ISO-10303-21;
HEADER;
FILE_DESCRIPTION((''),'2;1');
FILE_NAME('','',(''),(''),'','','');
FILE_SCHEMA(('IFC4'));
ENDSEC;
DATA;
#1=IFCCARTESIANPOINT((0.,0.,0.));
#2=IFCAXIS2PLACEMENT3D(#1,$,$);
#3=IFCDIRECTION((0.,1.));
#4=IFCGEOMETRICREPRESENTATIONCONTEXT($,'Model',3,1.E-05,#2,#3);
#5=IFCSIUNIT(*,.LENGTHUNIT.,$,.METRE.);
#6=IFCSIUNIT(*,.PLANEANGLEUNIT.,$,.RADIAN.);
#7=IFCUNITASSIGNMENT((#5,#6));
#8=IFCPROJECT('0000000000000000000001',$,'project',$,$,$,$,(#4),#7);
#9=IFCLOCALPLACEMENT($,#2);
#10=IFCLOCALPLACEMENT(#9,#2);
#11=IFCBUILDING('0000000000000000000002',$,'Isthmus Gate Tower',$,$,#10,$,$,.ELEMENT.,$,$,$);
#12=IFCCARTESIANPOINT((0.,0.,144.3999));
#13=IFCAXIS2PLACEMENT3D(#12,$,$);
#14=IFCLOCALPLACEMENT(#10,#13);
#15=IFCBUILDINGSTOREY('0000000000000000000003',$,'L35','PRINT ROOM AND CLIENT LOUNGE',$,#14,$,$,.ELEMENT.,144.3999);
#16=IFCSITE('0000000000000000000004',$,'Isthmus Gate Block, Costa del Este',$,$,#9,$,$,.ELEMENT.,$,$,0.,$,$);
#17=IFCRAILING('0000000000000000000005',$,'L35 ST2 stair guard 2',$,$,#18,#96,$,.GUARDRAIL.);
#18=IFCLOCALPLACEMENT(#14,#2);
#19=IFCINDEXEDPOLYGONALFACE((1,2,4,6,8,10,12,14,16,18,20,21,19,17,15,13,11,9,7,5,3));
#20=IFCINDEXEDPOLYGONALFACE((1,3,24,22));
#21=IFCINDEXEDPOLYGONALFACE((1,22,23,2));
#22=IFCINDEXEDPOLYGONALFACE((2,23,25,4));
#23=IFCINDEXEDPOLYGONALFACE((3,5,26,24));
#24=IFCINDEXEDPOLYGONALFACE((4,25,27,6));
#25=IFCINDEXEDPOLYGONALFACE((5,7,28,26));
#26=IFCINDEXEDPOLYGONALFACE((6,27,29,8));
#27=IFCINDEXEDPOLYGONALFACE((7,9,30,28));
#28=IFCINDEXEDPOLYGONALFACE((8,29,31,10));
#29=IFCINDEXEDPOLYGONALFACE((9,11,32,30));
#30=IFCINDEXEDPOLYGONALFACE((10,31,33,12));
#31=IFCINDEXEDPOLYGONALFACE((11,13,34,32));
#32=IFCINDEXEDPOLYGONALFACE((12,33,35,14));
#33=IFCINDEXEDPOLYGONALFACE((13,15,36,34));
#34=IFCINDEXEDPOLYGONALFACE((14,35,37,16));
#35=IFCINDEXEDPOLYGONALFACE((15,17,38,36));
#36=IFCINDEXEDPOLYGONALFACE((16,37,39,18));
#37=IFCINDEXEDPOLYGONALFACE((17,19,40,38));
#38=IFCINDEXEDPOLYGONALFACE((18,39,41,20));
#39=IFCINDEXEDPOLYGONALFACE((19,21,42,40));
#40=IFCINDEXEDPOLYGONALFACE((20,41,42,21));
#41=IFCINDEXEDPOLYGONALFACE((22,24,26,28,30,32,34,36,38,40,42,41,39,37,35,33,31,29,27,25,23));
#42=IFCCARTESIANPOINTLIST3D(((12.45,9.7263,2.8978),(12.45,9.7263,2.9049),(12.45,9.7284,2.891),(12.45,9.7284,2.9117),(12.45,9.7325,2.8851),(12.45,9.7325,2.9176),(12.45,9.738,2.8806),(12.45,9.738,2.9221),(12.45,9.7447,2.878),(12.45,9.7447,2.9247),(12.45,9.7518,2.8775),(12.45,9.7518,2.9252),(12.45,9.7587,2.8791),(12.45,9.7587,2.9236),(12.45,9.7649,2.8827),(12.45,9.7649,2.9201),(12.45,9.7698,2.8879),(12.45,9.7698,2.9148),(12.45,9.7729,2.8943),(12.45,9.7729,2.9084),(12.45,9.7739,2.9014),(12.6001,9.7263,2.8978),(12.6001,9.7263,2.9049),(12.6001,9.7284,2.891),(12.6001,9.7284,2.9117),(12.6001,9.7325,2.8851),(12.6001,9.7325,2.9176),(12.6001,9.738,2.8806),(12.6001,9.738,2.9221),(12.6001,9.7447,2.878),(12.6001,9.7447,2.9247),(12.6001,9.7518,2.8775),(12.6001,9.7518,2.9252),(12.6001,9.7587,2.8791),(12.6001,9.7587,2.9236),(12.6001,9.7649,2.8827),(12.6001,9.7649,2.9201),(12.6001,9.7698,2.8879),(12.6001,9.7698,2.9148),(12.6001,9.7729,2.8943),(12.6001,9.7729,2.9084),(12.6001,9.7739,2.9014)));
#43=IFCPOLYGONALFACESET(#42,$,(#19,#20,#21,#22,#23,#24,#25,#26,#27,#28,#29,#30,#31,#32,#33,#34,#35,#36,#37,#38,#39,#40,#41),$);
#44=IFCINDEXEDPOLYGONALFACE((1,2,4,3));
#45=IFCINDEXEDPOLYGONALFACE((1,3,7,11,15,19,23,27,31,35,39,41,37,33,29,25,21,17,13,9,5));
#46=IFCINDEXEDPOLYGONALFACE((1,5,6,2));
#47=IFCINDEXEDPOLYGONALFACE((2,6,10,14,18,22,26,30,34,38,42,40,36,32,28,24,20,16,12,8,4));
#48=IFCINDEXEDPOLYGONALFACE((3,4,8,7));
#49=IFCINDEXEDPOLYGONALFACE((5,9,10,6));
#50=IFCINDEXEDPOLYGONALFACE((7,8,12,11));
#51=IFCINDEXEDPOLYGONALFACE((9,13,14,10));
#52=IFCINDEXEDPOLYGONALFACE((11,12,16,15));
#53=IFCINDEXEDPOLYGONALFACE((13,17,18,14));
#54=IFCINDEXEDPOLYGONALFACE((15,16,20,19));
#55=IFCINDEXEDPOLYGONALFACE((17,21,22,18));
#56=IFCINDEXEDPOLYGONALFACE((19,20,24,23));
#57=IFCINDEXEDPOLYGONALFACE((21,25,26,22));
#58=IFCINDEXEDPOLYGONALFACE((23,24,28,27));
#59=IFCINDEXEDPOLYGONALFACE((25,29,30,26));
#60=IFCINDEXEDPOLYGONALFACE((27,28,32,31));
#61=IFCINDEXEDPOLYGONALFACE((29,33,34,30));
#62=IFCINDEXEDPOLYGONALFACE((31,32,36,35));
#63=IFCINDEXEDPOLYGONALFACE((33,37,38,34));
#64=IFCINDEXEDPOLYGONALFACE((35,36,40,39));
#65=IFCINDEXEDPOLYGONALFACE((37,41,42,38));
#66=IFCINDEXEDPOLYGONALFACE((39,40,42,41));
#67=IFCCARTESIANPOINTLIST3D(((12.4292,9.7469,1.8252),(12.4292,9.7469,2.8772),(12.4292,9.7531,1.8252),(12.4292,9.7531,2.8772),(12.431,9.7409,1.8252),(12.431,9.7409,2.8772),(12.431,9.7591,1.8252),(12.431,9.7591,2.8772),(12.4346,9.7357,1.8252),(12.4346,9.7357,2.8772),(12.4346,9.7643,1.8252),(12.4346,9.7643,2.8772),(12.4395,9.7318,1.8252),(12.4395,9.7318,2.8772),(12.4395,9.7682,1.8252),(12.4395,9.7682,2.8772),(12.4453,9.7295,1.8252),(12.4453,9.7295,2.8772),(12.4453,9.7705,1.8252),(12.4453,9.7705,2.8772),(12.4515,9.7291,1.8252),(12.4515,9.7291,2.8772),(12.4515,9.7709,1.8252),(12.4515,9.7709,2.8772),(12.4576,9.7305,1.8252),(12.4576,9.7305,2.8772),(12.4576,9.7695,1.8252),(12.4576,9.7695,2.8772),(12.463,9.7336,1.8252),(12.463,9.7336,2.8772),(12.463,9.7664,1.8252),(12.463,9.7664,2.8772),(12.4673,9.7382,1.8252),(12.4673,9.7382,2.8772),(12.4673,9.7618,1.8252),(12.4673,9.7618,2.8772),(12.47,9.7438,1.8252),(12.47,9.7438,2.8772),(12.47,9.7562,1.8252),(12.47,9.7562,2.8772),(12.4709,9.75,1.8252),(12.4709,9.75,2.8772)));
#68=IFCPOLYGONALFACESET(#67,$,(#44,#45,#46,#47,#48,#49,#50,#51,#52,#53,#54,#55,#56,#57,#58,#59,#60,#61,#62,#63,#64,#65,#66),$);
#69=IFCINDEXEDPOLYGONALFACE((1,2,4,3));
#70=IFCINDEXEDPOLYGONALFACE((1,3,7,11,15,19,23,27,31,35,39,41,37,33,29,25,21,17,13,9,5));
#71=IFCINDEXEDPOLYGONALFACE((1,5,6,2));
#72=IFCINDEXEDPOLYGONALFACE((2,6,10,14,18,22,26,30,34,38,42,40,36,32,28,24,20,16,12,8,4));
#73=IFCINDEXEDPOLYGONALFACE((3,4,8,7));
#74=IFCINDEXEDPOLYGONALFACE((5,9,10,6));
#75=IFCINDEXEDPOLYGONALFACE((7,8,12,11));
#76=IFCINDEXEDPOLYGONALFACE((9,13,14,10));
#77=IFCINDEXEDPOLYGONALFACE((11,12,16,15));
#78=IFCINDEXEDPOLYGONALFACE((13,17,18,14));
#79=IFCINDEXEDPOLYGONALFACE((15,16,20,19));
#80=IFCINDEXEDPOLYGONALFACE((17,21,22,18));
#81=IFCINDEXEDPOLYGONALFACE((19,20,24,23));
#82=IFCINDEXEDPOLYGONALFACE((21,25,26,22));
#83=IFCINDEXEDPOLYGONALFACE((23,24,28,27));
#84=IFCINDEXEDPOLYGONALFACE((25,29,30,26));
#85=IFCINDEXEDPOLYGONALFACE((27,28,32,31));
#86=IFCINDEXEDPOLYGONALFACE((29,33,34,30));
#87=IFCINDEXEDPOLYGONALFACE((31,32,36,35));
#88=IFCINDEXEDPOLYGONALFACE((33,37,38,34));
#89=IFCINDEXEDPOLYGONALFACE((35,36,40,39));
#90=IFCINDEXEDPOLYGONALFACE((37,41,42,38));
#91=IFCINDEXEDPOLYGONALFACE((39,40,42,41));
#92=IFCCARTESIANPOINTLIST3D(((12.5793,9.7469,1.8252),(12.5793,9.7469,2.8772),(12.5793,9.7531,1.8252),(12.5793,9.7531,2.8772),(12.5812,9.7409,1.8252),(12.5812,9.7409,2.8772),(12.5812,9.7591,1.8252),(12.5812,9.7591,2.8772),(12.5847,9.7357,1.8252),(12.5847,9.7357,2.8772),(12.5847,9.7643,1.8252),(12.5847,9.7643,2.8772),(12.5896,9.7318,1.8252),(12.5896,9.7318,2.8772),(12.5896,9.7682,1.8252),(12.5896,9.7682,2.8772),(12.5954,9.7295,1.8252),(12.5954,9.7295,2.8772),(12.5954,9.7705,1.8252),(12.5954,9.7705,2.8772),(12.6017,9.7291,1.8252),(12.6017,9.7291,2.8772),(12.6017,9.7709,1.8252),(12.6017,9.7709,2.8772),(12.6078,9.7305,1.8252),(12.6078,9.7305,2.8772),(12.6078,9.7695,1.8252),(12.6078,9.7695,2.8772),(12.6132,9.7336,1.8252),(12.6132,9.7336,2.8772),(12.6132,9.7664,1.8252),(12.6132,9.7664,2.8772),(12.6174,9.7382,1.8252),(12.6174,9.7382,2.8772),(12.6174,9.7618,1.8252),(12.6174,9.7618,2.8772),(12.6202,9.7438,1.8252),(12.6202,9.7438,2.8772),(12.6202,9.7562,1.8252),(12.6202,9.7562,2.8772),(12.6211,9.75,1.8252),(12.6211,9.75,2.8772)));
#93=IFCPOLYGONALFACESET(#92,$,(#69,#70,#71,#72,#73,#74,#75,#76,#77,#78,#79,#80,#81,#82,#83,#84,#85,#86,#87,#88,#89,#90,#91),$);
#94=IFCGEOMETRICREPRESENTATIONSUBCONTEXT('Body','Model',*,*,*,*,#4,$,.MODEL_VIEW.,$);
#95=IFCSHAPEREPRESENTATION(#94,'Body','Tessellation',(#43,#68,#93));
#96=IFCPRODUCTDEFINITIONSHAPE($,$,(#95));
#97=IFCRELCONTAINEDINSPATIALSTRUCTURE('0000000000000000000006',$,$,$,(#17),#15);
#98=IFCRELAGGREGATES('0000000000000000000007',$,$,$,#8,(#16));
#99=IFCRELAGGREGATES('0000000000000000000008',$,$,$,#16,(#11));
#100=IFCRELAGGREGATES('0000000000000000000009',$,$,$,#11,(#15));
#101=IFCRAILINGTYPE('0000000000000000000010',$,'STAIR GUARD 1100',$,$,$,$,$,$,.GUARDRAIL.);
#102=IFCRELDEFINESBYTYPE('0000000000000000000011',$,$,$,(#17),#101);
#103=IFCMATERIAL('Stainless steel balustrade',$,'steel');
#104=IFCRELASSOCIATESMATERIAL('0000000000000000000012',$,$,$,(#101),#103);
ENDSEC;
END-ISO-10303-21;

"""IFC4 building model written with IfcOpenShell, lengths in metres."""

from ifc_helpers import new_model, si_unit, direction, frame, origin, origin_2d, place, context, subcontext, project, spatial, circle, extrude, material, type_object, element, save


model = new_model("IFC4")

# Units and contexts
model_context = context("Model", 3, precision=1e-05, world=origin(), true_north=direction((0.0, 1.0)))
body_context = subcontext(model_context, "Body", "Model", "MODEL_VIEW")
ifc_project = project(units=[si_unit("LENGTHUNIT", "METRE"), si_unit("PLANEANGLEUNIT", "RADIAN")], contexts=[model_context])

# Site, building, storey
site_placement = place(None, origin())
site = spatial("IfcSite", under=ifc_project, at=site_placement, Name="Isthmus Gate Block, Costa del Este", CompositionType="ELEMENT", RefElevation=0.0)
building_placement = place(site_placement, origin())
building = spatial("IfcBuilding", under=site, at=building_placement, Name="Isthmus Gate Tower", CompositionType="ELEMENT")
storey_placement = place(building_placement, frame((0.0, 0.0, 144.3999)))
storey = spatial("IfcBuildingStorey", under=building, at=storey_placement, Name="L35", Description="PRINT ROOM AND CLIENT LOUNGE", CompositionType="ELEMENT", Elevation=144.3999)

# Railing
ifc_material_1 = material(Name="Stainless steel balustrade", Category="steel")
railing_type_1 = type_object("IfcRailingType", Name="STAIR GUARD 1100", PredefinedType="GUARDRAIL", material=ifc_material_1)
railing_1_placement = place(storey_placement, frame((12.45, 9.75, 1.8252)))
element("IfcRailing", 1, at=railing_1_placement, inside=storey, type_object=railing_type_1, Name="L35 ST2 stair guard 2", PredefinedType="GUARDRAIL", context=body_context, shape_type="SweptSolid", body=[
    extrude(circle(Radius=0.0239, at=origin_2d()), frame((0.0, 0.0, 1.0762), z_axis=(1.0, 0.0, 0.0), x_axis=(0.0, 1.0, 0.0)), (0.0, 0.0, 1.0), 0.1501),
    extrude(circle(Radius=0.021, at=origin_2d()), origin(), (0.0, 0.0, 1.0), 1.052),
    extrude(circle(Radius=0.021, at=origin_2d()), frame((0.1501, 0.0, 0.0)), (0.0, 0.0, 1.0), 1.052),
])

save(model, "model.ifc")
